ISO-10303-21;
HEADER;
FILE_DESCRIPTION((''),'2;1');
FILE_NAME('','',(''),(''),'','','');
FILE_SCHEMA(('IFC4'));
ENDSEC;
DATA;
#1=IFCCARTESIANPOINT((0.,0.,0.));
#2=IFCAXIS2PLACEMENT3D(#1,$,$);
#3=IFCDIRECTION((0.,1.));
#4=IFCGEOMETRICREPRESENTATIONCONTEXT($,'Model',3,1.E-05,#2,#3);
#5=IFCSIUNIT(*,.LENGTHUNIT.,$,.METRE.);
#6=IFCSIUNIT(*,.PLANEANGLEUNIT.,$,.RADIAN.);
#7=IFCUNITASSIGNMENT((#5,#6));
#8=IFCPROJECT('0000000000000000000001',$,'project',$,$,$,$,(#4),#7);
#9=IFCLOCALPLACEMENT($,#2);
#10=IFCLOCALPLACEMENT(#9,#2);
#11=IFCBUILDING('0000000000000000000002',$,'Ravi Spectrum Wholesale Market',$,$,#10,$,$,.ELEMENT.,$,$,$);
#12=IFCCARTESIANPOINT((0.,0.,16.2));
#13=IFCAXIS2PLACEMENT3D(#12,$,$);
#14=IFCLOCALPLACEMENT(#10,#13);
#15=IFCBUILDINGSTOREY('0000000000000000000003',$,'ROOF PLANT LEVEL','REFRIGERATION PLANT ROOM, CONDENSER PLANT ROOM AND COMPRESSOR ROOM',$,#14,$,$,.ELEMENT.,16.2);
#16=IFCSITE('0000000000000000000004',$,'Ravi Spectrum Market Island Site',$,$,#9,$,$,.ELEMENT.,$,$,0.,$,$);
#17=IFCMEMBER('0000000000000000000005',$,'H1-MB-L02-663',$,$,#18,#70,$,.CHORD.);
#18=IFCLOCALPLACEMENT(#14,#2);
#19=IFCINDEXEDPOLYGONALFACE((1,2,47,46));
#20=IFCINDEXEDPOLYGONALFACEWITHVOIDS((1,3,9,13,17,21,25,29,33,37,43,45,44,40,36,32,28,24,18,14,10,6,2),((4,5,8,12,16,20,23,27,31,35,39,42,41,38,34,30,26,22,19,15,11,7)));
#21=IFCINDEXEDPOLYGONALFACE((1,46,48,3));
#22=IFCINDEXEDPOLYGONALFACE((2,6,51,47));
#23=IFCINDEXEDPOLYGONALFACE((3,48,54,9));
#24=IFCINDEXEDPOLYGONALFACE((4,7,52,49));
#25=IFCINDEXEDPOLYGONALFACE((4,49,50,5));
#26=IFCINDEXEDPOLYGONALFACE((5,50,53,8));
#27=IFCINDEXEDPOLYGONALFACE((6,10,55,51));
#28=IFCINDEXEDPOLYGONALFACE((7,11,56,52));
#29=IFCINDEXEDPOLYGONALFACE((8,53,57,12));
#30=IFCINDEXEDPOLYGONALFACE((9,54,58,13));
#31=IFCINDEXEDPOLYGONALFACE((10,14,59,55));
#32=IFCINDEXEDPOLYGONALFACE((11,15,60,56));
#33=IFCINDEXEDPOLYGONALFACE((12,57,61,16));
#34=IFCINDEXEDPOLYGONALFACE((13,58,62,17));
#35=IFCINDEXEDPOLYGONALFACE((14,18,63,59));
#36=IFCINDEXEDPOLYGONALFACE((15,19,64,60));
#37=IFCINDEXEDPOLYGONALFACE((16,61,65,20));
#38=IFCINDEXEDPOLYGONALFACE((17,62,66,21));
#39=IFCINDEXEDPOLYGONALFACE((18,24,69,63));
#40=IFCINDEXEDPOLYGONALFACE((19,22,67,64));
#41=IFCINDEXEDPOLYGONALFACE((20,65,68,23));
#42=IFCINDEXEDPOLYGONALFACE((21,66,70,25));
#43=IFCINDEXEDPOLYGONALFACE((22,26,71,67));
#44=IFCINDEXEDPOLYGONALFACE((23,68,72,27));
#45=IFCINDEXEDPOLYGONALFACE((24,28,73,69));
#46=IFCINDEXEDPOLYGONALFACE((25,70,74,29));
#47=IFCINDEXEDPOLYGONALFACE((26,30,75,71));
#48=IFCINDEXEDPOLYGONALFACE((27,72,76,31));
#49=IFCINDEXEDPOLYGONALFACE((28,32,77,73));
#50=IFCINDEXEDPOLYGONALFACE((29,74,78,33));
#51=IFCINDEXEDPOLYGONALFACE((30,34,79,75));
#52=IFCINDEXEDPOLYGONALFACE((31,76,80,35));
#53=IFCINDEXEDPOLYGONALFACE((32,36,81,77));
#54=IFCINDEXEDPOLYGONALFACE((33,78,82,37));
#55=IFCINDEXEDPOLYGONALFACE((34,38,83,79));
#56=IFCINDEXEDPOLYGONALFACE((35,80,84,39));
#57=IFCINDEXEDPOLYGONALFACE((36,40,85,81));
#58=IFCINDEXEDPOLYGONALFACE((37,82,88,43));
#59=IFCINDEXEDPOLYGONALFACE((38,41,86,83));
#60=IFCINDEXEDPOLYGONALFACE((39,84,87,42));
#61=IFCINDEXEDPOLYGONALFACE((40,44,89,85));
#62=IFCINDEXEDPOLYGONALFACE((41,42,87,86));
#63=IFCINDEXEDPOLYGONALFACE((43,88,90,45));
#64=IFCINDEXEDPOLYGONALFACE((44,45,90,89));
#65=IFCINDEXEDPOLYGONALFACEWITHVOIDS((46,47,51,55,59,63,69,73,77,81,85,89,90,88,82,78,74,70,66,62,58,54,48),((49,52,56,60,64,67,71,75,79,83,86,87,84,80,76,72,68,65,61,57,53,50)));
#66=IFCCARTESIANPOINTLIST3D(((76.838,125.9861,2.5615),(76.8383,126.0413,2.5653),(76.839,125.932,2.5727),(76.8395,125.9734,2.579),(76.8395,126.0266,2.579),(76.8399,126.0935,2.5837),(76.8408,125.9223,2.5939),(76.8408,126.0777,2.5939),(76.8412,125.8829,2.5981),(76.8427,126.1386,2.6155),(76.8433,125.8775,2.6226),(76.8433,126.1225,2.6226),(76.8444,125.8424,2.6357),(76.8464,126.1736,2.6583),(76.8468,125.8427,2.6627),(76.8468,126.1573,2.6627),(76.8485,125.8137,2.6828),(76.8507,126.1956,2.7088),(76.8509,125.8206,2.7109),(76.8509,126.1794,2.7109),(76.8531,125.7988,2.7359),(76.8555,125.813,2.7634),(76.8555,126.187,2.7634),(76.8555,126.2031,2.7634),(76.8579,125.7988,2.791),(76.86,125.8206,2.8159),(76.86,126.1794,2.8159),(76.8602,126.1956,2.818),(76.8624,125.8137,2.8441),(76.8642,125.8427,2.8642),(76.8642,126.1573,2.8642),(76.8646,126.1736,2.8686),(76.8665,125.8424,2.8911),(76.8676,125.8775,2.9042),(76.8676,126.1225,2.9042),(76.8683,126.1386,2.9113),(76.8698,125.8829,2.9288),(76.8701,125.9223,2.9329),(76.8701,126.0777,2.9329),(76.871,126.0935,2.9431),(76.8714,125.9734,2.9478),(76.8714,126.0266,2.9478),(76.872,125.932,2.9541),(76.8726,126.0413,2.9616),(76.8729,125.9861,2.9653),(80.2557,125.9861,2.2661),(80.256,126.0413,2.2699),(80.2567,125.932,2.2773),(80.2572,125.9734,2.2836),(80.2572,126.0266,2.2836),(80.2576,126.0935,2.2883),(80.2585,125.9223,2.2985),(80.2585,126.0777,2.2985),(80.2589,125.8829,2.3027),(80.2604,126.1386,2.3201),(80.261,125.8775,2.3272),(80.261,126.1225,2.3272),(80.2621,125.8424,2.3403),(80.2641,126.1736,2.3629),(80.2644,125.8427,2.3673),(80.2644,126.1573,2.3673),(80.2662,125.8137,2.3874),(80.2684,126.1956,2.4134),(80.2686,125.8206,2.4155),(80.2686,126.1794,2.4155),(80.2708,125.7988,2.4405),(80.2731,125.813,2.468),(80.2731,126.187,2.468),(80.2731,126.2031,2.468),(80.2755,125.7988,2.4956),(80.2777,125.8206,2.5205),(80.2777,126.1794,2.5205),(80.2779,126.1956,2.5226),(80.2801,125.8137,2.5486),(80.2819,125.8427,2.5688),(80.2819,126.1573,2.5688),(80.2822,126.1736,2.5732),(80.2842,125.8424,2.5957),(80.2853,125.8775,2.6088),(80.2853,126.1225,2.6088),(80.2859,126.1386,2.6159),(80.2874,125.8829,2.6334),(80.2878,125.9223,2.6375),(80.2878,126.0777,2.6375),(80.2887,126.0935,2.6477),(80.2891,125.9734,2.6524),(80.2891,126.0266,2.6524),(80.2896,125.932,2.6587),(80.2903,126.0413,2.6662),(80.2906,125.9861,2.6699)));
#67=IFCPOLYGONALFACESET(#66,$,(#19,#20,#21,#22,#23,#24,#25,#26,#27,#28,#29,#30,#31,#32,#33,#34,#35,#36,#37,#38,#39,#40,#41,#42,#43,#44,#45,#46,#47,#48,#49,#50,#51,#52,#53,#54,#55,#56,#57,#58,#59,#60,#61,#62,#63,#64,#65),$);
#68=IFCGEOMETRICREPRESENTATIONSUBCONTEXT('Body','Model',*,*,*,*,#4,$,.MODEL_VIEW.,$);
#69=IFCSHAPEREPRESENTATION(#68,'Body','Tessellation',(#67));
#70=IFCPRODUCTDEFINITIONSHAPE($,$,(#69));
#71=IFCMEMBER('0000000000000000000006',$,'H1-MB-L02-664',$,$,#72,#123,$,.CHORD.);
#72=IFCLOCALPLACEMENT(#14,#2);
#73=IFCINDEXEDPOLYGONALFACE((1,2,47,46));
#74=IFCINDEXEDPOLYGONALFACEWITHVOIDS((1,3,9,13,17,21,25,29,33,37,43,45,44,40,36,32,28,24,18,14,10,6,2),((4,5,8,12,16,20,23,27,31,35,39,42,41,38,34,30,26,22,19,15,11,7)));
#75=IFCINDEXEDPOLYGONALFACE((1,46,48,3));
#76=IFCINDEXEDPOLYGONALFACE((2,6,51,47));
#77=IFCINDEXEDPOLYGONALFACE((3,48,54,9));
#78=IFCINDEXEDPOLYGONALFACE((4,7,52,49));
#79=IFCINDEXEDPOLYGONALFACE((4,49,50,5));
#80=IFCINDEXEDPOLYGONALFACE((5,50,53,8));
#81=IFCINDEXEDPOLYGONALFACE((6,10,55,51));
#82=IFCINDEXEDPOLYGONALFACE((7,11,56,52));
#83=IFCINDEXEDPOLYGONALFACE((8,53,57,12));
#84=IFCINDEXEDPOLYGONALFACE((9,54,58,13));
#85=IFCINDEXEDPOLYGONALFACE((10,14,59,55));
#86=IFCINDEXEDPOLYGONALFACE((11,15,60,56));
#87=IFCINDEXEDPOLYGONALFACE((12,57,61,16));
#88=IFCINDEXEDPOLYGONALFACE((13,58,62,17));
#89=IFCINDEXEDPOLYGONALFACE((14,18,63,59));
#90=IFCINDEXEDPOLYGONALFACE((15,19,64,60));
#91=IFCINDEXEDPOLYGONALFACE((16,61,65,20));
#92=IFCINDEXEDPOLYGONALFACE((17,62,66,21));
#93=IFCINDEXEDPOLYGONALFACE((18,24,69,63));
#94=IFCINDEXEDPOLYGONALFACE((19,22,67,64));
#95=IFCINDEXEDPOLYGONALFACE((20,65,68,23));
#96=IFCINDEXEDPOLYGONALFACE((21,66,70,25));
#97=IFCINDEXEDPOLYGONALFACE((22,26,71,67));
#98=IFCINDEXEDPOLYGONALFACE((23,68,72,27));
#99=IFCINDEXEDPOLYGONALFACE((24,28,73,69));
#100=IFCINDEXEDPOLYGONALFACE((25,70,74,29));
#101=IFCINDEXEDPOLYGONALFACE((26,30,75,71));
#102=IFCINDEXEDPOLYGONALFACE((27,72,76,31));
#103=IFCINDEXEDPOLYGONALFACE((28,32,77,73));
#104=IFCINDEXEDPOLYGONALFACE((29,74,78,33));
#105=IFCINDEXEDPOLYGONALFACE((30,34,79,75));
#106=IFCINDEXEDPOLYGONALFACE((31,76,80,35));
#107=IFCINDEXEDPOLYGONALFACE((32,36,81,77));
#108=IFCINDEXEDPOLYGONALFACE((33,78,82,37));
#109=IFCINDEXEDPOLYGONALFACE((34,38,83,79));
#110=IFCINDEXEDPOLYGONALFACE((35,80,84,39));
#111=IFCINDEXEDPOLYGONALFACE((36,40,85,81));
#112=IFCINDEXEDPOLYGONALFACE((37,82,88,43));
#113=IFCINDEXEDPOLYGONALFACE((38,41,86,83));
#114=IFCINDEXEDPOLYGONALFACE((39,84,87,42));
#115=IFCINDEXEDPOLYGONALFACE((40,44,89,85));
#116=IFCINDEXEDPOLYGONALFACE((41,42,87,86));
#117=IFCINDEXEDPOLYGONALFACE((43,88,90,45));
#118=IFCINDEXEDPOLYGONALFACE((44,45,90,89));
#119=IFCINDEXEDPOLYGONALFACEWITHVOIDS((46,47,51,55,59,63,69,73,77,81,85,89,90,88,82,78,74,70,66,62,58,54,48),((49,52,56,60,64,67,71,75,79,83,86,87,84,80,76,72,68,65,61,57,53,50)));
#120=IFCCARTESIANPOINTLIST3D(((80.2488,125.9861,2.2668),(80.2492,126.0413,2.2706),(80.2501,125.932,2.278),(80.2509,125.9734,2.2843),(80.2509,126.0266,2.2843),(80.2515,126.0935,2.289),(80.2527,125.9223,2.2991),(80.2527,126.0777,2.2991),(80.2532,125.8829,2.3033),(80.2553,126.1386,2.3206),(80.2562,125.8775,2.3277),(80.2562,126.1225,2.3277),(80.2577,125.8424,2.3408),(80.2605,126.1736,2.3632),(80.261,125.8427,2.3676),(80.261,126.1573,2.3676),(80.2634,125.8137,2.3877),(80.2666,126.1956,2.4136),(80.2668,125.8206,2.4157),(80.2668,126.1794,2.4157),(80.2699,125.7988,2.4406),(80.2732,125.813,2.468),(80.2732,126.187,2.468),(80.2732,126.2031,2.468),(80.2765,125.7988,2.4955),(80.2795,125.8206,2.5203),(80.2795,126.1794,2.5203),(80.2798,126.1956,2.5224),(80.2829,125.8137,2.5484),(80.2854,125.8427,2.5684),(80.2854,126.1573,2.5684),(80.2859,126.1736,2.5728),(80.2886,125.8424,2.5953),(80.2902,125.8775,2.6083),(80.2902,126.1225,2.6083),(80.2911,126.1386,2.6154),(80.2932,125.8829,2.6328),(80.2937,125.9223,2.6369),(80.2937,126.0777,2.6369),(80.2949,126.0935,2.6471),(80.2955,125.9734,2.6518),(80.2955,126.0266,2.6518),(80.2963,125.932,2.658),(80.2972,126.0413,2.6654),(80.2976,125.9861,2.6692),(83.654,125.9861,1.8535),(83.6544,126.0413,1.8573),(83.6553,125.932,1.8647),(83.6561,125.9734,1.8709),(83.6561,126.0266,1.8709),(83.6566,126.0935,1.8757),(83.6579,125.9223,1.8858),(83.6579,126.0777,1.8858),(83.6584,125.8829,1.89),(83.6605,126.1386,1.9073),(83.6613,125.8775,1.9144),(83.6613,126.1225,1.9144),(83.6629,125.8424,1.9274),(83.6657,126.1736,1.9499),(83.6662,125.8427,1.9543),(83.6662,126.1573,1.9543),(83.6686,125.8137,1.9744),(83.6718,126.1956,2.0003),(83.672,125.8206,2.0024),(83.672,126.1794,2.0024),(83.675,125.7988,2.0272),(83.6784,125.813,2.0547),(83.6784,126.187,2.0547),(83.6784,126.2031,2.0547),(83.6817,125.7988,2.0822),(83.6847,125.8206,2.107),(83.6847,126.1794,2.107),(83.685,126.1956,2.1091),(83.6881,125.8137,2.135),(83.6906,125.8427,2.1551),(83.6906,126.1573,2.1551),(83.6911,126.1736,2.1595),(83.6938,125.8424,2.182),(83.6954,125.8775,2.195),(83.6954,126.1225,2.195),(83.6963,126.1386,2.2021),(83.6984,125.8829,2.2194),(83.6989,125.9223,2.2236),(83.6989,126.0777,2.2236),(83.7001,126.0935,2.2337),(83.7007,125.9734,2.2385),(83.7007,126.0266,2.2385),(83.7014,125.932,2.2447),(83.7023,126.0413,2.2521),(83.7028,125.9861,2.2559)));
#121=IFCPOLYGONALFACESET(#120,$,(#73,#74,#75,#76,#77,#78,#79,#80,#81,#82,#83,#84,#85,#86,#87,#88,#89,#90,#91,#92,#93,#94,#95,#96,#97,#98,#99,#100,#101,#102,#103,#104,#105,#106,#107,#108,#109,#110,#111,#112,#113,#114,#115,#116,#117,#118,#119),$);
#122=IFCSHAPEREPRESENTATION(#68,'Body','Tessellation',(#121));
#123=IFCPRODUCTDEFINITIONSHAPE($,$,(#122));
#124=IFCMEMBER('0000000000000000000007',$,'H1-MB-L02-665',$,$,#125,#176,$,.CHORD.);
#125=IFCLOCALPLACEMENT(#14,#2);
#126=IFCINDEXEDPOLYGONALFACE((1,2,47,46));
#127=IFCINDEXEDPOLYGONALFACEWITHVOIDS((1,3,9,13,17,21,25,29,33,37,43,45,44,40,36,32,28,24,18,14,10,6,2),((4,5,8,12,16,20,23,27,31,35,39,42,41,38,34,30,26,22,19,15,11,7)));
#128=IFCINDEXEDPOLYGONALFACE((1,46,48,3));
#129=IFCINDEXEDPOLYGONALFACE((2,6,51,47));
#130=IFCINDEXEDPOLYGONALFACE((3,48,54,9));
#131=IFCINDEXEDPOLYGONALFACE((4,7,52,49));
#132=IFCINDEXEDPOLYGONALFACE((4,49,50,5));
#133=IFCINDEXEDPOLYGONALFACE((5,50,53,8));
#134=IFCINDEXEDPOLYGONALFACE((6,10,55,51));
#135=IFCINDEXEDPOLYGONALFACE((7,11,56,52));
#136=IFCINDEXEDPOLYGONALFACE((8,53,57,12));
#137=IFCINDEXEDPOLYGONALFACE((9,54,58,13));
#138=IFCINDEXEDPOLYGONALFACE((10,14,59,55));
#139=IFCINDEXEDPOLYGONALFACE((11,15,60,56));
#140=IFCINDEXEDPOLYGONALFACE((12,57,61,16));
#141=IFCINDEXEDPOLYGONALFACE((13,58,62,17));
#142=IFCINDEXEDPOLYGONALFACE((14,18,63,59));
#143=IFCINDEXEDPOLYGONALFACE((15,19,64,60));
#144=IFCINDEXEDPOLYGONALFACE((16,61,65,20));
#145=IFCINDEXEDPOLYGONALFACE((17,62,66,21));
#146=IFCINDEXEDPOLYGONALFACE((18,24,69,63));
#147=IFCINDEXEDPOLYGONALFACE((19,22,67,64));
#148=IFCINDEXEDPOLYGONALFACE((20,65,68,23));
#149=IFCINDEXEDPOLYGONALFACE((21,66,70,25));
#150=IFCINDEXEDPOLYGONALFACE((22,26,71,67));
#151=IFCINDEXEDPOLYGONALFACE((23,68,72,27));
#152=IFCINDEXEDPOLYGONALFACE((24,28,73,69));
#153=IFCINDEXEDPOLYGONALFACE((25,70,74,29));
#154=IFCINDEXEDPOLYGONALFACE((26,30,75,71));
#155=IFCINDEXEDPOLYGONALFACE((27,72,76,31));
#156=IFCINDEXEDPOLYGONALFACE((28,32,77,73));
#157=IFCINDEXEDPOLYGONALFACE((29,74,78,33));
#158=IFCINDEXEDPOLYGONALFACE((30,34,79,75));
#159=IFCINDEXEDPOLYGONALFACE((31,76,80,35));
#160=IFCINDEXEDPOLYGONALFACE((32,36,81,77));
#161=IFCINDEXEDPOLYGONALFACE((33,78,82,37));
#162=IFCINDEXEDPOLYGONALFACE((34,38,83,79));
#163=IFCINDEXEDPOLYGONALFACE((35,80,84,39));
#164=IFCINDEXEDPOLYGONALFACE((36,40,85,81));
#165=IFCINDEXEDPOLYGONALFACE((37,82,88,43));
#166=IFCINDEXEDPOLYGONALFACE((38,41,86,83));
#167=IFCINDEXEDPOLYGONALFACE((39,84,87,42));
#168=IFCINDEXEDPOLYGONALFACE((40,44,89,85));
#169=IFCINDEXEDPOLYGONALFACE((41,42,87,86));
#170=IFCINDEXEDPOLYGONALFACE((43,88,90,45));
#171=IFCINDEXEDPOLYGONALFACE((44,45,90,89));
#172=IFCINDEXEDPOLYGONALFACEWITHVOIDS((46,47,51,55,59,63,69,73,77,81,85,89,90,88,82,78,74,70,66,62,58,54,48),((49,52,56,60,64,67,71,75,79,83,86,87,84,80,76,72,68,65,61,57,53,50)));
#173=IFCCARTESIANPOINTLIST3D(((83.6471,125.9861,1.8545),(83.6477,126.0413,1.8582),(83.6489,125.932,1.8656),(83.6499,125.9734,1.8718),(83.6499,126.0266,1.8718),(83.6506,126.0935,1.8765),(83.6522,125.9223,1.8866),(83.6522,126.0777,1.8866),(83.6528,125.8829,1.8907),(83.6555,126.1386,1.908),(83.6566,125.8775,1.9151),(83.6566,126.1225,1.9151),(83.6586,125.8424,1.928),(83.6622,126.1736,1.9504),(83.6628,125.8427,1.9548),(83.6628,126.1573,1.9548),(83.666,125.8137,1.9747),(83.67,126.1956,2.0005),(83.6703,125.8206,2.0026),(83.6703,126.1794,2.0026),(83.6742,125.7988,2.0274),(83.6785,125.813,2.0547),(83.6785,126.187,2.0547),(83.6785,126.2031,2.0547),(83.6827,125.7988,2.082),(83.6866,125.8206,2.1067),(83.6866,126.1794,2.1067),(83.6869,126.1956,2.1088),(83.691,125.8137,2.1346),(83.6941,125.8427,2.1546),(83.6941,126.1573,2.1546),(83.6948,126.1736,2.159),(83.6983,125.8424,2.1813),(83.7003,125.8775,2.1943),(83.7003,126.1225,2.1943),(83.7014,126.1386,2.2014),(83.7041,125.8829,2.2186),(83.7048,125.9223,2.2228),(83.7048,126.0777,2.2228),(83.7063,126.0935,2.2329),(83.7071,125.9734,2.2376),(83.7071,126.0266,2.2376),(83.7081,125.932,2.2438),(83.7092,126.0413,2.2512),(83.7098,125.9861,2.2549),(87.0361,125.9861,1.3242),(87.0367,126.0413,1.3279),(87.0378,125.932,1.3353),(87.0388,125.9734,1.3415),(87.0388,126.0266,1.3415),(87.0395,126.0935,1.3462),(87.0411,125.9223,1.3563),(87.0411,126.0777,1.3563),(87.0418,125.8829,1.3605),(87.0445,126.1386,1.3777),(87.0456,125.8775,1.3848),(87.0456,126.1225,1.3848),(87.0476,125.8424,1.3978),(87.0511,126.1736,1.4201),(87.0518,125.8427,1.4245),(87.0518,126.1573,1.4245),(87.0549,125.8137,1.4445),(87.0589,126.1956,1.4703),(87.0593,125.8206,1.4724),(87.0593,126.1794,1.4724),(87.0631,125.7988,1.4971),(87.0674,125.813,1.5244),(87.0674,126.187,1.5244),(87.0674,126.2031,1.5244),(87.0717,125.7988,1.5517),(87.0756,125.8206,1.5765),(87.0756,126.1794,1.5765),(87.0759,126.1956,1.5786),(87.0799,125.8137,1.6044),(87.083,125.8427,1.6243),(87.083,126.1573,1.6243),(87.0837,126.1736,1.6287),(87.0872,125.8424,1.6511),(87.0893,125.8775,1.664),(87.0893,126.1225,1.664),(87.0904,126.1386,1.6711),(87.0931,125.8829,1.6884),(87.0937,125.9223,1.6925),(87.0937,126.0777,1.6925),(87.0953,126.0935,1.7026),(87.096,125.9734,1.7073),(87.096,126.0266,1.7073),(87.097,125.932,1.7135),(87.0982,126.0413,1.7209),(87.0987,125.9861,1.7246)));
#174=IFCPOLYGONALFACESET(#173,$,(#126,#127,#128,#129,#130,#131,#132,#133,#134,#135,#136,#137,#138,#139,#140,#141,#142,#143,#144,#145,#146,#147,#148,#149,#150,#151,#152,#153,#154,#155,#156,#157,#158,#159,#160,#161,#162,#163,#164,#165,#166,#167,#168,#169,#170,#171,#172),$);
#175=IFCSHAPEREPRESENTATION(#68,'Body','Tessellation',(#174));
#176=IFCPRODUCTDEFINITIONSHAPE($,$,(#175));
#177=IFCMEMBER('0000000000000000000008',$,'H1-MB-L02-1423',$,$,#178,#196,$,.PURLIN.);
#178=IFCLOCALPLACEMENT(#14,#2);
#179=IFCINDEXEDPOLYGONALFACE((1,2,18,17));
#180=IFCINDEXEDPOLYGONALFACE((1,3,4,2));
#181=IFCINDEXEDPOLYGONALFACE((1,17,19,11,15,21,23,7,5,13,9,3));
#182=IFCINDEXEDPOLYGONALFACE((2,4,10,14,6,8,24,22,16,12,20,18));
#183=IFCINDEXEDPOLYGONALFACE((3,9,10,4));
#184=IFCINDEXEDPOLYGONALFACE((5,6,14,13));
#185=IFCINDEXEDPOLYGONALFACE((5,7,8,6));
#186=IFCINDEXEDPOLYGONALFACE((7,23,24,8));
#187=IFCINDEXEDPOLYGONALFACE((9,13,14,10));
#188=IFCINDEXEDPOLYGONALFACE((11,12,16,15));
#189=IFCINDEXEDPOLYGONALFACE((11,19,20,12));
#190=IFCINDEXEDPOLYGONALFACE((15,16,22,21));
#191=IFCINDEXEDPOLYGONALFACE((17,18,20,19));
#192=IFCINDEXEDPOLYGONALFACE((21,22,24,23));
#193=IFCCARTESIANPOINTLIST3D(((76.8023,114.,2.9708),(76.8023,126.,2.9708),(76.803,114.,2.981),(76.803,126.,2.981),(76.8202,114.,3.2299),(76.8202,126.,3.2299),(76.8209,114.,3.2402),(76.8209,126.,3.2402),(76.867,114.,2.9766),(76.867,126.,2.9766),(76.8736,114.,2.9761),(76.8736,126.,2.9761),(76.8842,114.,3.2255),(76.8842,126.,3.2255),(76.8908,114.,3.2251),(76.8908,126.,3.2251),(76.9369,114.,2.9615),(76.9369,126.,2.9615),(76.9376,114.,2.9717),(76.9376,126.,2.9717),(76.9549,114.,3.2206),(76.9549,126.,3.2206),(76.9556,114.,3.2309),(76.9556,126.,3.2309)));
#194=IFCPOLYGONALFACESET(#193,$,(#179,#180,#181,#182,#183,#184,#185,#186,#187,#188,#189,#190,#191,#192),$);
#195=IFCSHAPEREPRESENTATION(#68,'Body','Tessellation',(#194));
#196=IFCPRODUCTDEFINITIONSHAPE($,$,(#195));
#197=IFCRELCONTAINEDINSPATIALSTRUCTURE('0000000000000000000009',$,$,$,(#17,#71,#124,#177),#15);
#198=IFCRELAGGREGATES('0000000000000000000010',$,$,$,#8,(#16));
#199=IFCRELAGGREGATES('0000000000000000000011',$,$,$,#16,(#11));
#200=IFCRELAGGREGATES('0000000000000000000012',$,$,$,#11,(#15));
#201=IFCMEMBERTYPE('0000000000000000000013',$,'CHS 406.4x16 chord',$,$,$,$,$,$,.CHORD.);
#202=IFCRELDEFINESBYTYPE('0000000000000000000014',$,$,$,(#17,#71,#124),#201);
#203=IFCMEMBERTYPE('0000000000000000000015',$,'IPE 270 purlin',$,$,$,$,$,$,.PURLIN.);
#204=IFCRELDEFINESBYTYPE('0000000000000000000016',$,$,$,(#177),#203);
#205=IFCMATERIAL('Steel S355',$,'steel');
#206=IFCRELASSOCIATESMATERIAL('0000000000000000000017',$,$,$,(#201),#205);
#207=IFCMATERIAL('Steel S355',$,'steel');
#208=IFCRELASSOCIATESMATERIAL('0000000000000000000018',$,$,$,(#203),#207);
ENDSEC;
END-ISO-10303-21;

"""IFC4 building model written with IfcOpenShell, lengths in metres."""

from ifc_helpers import new_model, si_unit, direction, frame, origin, origin_2d, place, context, subcontext, project, spatial, hollow_circle, i_section, extrude, material, material_profile, profile_set, type_object, element, save


model = new_model("IFC4")

# Units and contexts
model_context = context("Model", 3, precision=1e-05, world=origin(), true_north=direction((0.0, 1.0)))
body_context = subcontext(model_context, "Body", "Model", "MODEL_VIEW")
ifc_project = project(units=[si_unit("LENGTHUNIT", "METRE"), si_unit("PLANEANGLEUNIT", "RADIAN")], contexts=[model_context])

# Site, building, storey
site_placement = place(None, origin())
site = spatial("IfcSite", under=ifc_project, at=site_placement, Name="Ravi Spectrum Market Island Site", CompositionType="ELEMENT", RefElevation=0.0)
building_placement = place(site_placement, origin())
building = spatial("IfcBuilding", under=site, at=building_placement, Name="Ravi Spectrum Wholesale Market", CompositionType="ELEMENT")
storey_placement = place(building_placement, frame((0.0, 0.0, 16.2)))
storey = spatial("IfcBuildingStorey", under=building, at=storey_placement, Name="ROOF PLANT LEVEL", Description="REFRIGERATION PLANT ROOM, CONDENSER PLANT ROOM AND COMPRESSOR ROOM", CompositionType="ELEMENT", Elevation=16.2)

# Members
ifc_material_1 = material(Name="Steel S355", Category="steel")
ifc_material_profile_1 = material_profile(ifc_material_1, hollow_circle(Radius=0.2031, WallThickness=0.0161, at=origin_2d()))
ifc_profile_set_1 = profile_set([ifc_material_profile_1], Name="Steel S355")
member_type_1 = type_object("IfcMemberType", Name="CHS 406.4x16 chord", PredefinedType="CHORD", material=ifc_profile_set_1)
member_1_placement = place(storey_placement, frame((76.8555, 126.0, 2.7634), z_axis=(0.996285, 0.0, -0.086114), x_axis=(0.0, 1.0, 0.0)))
element("IfcMember", 1, at=member_1_placement, inside=storey, type_object=member_type_1, Name="H1-MB-L02-663", PredefinedType="CHORD", context=body_context, shape_type="SweptSolid", body=[
    extrude(hollow_circle(Radius=0.2031, WallThickness=0.0161, at=origin_2d()), origin(), (0.0, 0.0, 1.0), 3.4304),
])
for number, where, z_axis, x_axis, name in (
    (2, (80.2732, 126.0, 2.468), (0.992714, 0.0, -0.120495), (0.0, 1.0, 0.0), "H1-MB-L02-664"),
    (3, (83.6785, 126.0, 2.0547), (0.987978, 0.0, -0.154592), (0.0, 1.0, 0.0), "H1-MB-L02-665"),
):
    element("IfcMember", number, at=place(storey_placement, frame(where, z_axis=z_axis, x_axis=x_axis)), inside=storey, type_object=member_type_1, Name=name, PredefinedType="CHORD", context=body_context, shape_type="SweptSolid", body=[
        extrude(hollow_circle(Radius=0.2031, WallThickness=0.0161, at=origin_2d()), origin(), (0.0, 0.0, 1.0), 3.4302),
    ])
ifc_material_2 = material(Name="Steel S355", Category="steel")
ifc_material_profile_2 = material_profile(ifc_material_2, i_section(OverallWidth=0.135, OverallDepth=0.27, WebThickness=0.0066, FlangeThickness=0.0103, at=origin_2d()))
ifc_profile_set_2 = profile_set([ifc_material_profile_2], Name="Steel S355")
member_type_2 = type_object("IfcMemberType", Name="IPE 270 purlin", PredefinedType="PURLIN", material=ifc_profile_set_2)
for number, where, z_axis, x_axis, name in (
    (4, (76.8789, 114.0, 3.1008), (0.0, 1.0, 0.0), (-0.997621, 0.0, 0.068943), "H1-MB-L02-1423"),
):
    element("IfcMember", number, at=place(storey_placement, frame(where, z_axis=z_axis, x_axis=x_axis)), inside=storey, type_object=member_type_2, Name=name, PredefinedType="PURLIN", context=body_context, shape_type="SweptSolid", body=[
        extrude(i_section(OverallWidth=0.135, OverallDepth=0.27, WebThickness=0.0066, FlangeThickness=0.0103, at=origin_2d()), origin(), (0.0, 0.0, 1.0), 12.0),
    ])

save(model, "model.ifc")
